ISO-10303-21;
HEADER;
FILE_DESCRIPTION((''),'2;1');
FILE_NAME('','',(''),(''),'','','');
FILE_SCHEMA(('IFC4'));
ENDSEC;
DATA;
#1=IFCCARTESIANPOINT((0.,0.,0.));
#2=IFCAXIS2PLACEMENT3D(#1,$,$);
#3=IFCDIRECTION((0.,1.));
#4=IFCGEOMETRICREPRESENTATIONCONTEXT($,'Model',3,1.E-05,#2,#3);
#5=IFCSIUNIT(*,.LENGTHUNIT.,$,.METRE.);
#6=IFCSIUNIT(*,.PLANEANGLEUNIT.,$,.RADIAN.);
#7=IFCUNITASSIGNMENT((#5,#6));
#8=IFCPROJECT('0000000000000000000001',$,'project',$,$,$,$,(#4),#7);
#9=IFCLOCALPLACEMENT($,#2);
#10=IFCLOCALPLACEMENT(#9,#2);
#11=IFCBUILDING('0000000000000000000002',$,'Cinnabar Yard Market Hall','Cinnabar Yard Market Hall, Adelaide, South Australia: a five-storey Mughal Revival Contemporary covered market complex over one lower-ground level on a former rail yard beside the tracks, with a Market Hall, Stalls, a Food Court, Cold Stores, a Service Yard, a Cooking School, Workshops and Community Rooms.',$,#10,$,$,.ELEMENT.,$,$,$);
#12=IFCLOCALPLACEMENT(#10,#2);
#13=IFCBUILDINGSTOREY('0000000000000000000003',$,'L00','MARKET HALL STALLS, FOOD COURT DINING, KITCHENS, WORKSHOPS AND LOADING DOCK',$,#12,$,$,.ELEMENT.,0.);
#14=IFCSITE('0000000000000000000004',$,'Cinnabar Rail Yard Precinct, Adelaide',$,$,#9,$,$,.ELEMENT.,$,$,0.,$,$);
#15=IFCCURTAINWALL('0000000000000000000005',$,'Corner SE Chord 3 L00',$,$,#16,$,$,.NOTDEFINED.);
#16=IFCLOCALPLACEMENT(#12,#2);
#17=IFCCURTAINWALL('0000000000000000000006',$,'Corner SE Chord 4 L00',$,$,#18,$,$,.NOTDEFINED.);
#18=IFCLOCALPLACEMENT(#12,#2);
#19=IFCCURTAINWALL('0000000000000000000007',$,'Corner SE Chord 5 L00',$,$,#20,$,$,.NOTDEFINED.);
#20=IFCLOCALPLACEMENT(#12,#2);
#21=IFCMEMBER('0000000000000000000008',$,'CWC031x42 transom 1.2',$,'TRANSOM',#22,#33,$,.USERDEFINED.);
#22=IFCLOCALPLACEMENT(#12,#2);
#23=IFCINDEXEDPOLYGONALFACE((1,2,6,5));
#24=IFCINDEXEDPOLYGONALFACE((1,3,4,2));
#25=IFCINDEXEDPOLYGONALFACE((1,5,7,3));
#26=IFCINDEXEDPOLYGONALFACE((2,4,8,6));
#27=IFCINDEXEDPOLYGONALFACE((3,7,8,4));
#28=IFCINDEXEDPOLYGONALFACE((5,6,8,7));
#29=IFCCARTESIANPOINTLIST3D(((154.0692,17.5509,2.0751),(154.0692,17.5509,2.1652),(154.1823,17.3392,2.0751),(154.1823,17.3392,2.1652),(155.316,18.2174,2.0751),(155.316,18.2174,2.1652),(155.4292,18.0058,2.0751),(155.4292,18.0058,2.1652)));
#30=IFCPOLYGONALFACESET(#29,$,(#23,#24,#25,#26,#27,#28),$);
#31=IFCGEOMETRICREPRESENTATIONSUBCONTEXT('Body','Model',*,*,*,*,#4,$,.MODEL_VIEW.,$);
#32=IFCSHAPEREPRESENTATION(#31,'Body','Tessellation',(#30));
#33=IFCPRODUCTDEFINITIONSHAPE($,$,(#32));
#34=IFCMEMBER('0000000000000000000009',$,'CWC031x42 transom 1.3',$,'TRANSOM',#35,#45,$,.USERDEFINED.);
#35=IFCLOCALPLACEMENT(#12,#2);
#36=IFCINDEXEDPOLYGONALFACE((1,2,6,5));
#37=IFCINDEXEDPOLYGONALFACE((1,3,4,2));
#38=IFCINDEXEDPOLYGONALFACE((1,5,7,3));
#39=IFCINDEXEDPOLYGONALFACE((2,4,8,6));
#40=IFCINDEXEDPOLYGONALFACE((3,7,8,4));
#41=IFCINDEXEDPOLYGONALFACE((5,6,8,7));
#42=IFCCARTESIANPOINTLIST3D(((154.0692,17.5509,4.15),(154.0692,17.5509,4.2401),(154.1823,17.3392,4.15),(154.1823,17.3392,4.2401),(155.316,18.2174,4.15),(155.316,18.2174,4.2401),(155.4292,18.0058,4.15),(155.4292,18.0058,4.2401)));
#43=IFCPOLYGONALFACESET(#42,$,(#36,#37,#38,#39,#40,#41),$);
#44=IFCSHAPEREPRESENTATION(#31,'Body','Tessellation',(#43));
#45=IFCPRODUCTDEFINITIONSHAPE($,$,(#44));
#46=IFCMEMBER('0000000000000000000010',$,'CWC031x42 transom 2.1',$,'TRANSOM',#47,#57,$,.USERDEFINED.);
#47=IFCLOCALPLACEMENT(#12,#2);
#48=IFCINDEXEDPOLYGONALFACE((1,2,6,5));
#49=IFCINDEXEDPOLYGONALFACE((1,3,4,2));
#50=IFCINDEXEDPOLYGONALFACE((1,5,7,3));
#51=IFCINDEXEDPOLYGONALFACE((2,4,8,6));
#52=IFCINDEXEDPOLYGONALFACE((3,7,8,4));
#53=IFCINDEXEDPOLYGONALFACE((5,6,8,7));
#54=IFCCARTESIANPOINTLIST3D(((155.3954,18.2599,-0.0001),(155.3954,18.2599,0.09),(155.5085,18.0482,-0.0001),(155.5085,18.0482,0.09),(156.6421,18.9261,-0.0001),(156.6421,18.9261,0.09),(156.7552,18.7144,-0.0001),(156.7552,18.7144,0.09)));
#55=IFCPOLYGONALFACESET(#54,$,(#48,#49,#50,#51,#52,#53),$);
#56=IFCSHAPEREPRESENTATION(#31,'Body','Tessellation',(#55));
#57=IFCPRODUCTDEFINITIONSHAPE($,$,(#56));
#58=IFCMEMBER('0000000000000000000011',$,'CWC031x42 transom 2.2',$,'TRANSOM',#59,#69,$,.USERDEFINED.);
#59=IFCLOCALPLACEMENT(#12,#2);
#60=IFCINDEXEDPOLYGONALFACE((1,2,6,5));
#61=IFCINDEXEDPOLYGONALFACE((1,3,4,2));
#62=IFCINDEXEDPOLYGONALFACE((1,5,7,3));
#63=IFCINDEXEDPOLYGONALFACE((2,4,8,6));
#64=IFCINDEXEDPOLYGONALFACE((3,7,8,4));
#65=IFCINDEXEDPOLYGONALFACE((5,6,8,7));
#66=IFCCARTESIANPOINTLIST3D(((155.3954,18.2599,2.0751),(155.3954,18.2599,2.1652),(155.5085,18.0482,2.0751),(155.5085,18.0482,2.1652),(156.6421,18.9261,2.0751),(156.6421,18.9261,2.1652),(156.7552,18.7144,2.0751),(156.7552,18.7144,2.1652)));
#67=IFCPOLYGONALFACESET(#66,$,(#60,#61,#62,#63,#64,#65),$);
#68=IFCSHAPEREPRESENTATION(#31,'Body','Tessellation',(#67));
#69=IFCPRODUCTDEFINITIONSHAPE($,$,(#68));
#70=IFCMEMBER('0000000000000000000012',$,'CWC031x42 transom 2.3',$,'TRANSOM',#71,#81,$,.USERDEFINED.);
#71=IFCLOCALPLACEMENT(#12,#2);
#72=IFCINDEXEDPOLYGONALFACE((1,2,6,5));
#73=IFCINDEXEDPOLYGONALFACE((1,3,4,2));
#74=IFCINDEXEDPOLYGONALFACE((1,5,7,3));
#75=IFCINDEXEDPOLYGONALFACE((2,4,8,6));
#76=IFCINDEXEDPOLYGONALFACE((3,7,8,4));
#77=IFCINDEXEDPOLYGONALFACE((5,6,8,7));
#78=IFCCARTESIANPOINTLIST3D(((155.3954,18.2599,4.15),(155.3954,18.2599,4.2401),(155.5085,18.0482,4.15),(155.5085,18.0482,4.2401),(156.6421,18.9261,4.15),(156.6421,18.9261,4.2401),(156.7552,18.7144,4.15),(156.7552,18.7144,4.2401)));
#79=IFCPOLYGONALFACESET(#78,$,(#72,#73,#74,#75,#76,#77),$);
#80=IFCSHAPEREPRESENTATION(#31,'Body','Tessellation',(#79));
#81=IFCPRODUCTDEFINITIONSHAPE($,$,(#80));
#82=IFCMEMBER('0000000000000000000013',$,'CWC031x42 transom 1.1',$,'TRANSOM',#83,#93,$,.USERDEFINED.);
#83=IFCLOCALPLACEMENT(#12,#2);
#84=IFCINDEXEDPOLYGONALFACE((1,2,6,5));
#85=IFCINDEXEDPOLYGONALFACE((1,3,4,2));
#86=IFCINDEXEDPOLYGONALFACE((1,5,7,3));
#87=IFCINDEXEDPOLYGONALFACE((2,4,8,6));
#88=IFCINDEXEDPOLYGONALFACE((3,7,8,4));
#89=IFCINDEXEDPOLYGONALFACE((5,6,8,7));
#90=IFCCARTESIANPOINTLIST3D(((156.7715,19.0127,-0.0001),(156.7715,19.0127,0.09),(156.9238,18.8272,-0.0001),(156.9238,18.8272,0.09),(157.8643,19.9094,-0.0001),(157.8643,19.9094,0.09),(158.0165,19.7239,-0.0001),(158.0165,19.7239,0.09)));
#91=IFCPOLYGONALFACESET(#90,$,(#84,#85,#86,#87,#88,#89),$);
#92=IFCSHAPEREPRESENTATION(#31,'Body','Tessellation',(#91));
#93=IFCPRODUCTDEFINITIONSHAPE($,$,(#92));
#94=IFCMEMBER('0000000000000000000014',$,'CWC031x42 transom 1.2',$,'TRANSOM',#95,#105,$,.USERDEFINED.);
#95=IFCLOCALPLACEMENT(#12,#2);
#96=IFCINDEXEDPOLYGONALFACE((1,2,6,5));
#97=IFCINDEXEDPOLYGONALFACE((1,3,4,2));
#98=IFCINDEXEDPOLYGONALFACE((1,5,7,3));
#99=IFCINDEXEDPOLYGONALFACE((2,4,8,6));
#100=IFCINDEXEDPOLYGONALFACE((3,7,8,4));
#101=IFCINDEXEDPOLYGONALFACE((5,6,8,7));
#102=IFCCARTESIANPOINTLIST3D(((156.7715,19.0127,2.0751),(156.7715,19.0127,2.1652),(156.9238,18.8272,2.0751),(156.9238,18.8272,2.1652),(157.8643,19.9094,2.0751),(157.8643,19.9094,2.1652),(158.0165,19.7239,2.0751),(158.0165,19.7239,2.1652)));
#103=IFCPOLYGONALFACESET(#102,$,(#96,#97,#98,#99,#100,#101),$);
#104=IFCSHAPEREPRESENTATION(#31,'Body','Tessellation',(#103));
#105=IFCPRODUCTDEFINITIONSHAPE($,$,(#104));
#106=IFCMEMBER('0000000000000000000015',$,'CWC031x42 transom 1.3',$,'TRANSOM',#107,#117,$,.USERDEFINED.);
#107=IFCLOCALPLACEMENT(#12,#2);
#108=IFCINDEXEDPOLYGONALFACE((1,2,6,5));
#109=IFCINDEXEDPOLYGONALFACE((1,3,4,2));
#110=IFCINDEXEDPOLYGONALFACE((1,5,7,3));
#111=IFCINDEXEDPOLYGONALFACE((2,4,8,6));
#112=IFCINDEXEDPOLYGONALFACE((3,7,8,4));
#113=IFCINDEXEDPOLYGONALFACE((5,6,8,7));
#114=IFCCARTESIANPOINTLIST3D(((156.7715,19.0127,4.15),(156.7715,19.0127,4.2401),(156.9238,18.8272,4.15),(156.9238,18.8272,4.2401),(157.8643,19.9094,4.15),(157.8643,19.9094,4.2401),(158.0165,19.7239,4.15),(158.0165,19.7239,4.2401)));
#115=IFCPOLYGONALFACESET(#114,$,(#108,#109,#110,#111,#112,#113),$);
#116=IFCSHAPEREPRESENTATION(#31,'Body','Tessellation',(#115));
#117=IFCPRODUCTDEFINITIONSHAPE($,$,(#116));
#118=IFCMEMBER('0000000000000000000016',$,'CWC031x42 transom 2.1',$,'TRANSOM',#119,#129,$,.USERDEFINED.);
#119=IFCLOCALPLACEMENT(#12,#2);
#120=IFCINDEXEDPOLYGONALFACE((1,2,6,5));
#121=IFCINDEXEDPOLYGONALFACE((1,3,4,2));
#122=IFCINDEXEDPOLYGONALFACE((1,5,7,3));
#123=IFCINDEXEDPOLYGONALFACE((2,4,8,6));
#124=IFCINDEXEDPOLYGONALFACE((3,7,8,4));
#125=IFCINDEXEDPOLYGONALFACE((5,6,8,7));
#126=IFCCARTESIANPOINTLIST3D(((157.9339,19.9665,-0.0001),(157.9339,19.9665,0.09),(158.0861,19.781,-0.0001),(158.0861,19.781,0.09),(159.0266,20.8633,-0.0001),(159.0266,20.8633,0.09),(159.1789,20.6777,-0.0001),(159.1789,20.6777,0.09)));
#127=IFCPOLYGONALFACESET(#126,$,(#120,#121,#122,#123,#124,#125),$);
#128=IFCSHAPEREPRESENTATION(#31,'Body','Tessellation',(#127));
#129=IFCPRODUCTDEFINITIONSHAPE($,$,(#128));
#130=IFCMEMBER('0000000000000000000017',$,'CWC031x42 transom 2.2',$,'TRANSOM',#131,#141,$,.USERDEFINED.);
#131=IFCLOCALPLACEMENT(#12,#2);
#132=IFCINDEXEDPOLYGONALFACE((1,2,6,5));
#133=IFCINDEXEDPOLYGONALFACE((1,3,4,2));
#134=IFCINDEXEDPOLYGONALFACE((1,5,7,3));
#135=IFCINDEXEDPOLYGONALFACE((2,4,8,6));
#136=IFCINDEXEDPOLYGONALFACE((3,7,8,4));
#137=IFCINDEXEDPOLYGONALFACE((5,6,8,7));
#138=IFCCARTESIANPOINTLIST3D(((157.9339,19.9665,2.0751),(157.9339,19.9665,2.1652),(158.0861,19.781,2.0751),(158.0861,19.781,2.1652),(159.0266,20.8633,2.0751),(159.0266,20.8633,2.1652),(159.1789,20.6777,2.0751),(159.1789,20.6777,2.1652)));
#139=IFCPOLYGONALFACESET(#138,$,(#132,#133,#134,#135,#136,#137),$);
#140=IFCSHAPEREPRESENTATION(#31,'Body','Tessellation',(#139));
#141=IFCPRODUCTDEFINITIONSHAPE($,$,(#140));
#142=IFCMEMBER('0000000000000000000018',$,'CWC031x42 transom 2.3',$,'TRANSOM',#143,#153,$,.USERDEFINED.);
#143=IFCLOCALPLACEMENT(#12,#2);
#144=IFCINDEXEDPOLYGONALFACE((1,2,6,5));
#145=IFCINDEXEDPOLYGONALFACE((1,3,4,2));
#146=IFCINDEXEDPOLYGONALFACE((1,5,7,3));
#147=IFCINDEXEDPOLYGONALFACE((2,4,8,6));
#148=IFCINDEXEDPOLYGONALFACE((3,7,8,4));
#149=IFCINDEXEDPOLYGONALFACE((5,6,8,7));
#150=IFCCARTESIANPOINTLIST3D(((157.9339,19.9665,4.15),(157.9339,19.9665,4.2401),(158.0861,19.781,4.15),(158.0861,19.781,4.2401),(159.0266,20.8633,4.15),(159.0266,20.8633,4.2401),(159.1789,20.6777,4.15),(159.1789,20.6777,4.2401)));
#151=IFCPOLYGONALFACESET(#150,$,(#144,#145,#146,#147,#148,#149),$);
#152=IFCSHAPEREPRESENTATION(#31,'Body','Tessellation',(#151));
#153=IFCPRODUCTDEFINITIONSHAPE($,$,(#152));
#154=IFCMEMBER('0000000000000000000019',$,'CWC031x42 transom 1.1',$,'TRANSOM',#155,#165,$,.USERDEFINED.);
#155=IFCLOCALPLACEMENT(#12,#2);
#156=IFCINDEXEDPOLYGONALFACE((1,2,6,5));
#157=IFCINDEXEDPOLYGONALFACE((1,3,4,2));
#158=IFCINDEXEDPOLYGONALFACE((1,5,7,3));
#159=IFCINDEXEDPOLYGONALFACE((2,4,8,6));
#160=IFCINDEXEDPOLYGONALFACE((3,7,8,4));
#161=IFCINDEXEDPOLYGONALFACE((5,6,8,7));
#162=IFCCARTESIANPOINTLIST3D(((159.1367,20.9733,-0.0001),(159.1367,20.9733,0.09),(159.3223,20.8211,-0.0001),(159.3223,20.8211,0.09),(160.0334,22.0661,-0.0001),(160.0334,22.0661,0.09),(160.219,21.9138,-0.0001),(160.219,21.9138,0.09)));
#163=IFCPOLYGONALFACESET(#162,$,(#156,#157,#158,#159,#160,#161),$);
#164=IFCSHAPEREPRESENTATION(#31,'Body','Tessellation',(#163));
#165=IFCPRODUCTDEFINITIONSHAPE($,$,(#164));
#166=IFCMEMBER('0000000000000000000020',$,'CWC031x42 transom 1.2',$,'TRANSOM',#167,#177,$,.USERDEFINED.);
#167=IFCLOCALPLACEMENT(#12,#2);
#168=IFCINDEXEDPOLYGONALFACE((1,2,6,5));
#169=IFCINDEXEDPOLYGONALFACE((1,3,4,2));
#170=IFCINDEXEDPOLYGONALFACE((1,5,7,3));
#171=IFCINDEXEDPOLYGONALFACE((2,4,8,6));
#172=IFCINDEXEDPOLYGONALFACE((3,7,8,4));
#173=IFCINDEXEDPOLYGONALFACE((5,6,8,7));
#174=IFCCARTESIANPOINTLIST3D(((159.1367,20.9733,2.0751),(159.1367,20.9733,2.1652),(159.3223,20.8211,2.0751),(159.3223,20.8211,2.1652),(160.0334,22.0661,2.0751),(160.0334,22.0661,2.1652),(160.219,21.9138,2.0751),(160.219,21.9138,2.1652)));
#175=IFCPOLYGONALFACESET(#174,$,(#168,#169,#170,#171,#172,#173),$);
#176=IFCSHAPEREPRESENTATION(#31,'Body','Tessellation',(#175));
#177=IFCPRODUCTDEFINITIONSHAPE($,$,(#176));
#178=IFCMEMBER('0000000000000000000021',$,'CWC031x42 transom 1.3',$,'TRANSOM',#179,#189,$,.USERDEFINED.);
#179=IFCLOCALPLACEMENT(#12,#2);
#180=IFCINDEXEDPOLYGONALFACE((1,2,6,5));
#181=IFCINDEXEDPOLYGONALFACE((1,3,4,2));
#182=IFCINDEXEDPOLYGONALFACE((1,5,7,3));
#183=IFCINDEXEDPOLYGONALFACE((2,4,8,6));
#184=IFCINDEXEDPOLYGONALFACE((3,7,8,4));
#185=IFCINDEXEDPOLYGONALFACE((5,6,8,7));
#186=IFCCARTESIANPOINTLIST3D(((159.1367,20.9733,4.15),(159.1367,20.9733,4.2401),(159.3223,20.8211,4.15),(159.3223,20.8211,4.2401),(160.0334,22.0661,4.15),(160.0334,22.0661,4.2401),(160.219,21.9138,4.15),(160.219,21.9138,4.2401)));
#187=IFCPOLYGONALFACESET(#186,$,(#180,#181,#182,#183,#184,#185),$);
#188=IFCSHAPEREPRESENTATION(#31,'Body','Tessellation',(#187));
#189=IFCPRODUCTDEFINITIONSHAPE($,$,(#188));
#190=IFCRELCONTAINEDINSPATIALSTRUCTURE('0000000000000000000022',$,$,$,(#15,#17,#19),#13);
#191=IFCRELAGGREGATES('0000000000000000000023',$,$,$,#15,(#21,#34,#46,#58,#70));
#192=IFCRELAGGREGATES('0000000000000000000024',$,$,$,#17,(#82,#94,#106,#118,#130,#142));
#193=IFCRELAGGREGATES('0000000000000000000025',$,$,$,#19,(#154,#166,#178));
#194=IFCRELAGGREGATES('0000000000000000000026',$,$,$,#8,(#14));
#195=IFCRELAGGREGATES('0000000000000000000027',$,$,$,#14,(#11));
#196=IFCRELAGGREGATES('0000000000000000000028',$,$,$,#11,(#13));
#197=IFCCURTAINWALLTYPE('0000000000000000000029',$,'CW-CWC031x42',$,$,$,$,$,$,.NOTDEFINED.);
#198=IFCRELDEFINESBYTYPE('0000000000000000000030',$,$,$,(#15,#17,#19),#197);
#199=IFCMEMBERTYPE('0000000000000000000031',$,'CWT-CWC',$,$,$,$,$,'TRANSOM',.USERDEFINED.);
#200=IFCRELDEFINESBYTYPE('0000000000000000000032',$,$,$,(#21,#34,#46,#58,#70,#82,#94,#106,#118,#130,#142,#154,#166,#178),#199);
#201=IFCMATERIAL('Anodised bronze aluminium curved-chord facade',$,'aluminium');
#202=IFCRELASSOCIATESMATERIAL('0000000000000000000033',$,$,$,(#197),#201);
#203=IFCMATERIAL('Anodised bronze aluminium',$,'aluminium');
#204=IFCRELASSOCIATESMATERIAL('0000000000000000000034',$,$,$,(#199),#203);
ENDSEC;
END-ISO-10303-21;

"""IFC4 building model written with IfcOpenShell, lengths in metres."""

from ifc_helpers import new_model, si_unit, direction, frame, origin, origin_2d_with_axis, place, context, subcontext, project, spatial, rectangle, extrude, material, material_profile, profile_set, type_object, element, aggregate, save


model = new_model("IFC4")

# Units and contexts
model_context = context("Model", 3, precision=1e-05, world=origin(), true_north=direction((0.0, 1.0)))
body_context = subcontext(model_context, "Body", "Model", "MODEL_VIEW")
ifc_project = project(units=[si_unit("LENGTHUNIT", "METRE"), si_unit("PLANEANGLEUNIT", "RADIAN")], contexts=[model_context])

# Site, building, storey
site_placement = place(None, origin())
site = spatial("IfcSite", under=ifc_project, at=site_placement, Name="Cinnabar Rail Yard Precinct, Adelaide", CompositionType="ELEMENT", RefElevation=0.0)
building_placement = place(site_placement, origin())
building = spatial("IfcBuilding", under=site, at=building_placement, Name="Cinnabar Yard Market Hall", Description="Cinnabar Yard Market Hall, Adelaide, South Australia: a five-storey Mughal Revival Contemporary covered market complex over one lower-ground level on a former rail yard beside the tracks, with a Market Hall, Stalls, a Food Court, Cold Stores, a Service Yard, a Cooking School, Workshops and Community Rooms.", CompositionType="ELEMENT")
storey_placement = place(building_placement, origin())
storey = spatial("IfcBuildingStorey", under=building, at=storey_placement, Name="L00", Description="MARKET HALL STALLS, FOOD COURT DINING, KITCHENS, WORKSHOPS AND LOADING DOCK", CompositionType="ELEMENT", Elevation=0.0)

# Curtain walls
ifc_material_1 = material(Name="Anodised bronze aluminium curved-chord facade", Category="aluminium")
curtain_wall_type = type_object("IfcCurtainWallType", Name="CW-CWC031x42", PredefinedType="NOTDEFINED", material=ifc_material_1)
curtain_wall_1_placement = place(storey_placement, origin())
curtain_wall_1 = element("IfcCurtainWall", 1, at=curtain_wall_1_placement, inside=storey, type_object=curtain_wall_type, Name="Corner SE Chord 3 L00", PredefinedType="NOTDEFINED")
ifc_material_2 = material(Name="Anodised bronze aluminium", Category="aluminium")
curtain_wall_2_placement = place(storey_placement, origin())
curtain_wall_2 = element("IfcCurtainWall", 2, at=curtain_wall_2_placement, inside=storey, type_object=curtain_wall_type, Name="Corner SE Chord 4 L00", PredefinedType="NOTDEFINED")
curtain_wall_3_placement = place(storey_placement, origin())
curtain_wall_3 = element("IfcCurtainWall", 3, at=curtain_wall_3_placement, inside=storey, type_object=curtain_wall_type, Name="Corner SE Chord 5 L00", PredefinedType="NOTDEFINED")

# Members
ifc_material_profile_1 = material_profile(ifc_material_2, rectangle(XDim=0.24, YDim=0.0901, at=origin_2d_with_axis()), Name="TRN-CWC")
ifc_profile_set_1 = profile_set([ifc_material_profile_1], Name="Anodised bronze aluminium")
member_type_1 = type_object("IfcMemberType", Name="CWT-CWC", ElementType="TRANSOM", PredefinedType="USERDEFINED", material=ifc_profile_set_1)
member_1_placement = place(storey_placement, frame((154.1257, 17.4451, 2.1201), z_axis=(0.881903, 0.471431, 0.0), x_axis=(-0.471431, 0.881903, 0.0)))
member_1 = element("IfcMember", 4, at=member_1_placement, type_object=member_type_1, Name="CWC031x42 transom 1.2", ObjectType="TRANSOM", PredefinedType="USERDEFINED", context=body_context, shape_type="SweptSolid", body=[
    extrude(rectangle(XDim=0.24, YDim=0.0901, at=origin_2d_with_axis()), origin(), (0.0, 0.0, 1.0), 1.4138),
])
member_2_placement = place(storey_placement, frame((154.1257, 17.4451, 4.1951), z_axis=(0.881903, 0.471431, 0.0), x_axis=(-0.471431, 0.881903, 0.0)))
member_2 = element("IfcMember", 5, at=member_2_placement, type_object=member_type_1, Name="CWC031x42 transom 1.3", ObjectType="TRANSOM", PredefinedType="USERDEFINED", context=body_context, shape_type="SweptSolid", body=[
    extrude(rectangle(XDim=0.24, YDim=0.0901, at=origin_2d_with_axis()), origin(), (0.0, 0.0, 1.0), 1.4138),
])
member_3_placement = place(storey_placement, frame((155.4519, 18.1541, 0.0449), z_axis=(0.881975, 0.471296, 0.0), x_axis=(-0.471296, 0.881975, 0.0)))
member_3 = element("IfcMember", 6, at=member_3_placement, type_object=member_type_1, Name="CWC031x42 transom 2.1", ObjectType="TRANSOM", PredefinedType="USERDEFINED", context=body_context, shape_type="SweptSolid", body=[
    extrude(rectangle(XDim=0.24, YDim=0.0901, at=origin_2d_with_axis()), origin(), (0.0, 0.0, 1.0), 1.4136),
])
member_4_placement = place(storey_placement, frame((155.4519, 18.1541, 2.1201), z_axis=(0.881975, 0.471296, 0.0), x_axis=(-0.471296, 0.881975, 0.0)))
member_4 = element("IfcMember", 7, at=member_4_placement, type_object=member_type_1, Name="CWC031x42 transom 2.2", ObjectType="TRANSOM", PredefinedType="USERDEFINED", context=body_context, shape_type="SweptSolid", body=[
    extrude(rectangle(XDim=0.24, YDim=0.0901, at=origin_2d_with_axis()), origin(), (0.0, 0.0, 1.0), 1.4136),
])
member_5_placement = place(storey_placement, frame((155.4519, 18.1541, 4.1951), z_axis=(0.881975, 0.471296, 0.0), x_axis=(-0.471296, 0.881975, 0.0)))
member_5 = element("IfcMember", 8, at=member_5_placement, type_object=member_type_1, Name="CWC031x42 transom 2.3", ObjectType="TRANSOM", PredefinedType="USERDEFINED", context=body_context, shape_type="SweptSolid", body=[
    extrude(rectangle(XDim=0.24, YDim=0.0901, at=origin_2d_with_axis()), origin(), (0.0, 0.0, 1.0), 1.4136),
])
member_6_placement = place(storey_placement, frame((156.8477, 18.9199, 0.0449), z_axis=(0.773041, 0.634356, 0.0), x_axis=(-0.634356, 0.773041, 0.0)))
member_6 = element("IfcMember", 9, at=member_6_placement, type_object=member_type_1, Name="CWC031x42 transom 1.1", ObjectType="TRANSOM", PredefinedType="USERDEFINED", context=body_context, shape_type="SweptSolid", body=[
    extrude(rectangle(XDim=0.24, YDim=0.0901, at=origin_2d_with_axis()), origin(), (0.0, 0.0, 1.0), 1.4136),
])
member_7_placement = place(storey_placement, frame((156.8477, 18.9199, 2.1201), z_axis=(0.773041, 0.634356, 0.0), x_axis=(-0.634356, 0.773041, 0.0)))
member_7 = element("IfcMember", 10, at=member_7_placement, type_object=member_type_1, Name="CWC031x42 transom 1.2", ObjectType="TRANSOM", PredefinedType="USERDEFINED", context=body_context, shape_type="SweptSolid", body=[
    extrude(rectangle(XDim=0.24, YDim=0.0901, at=origin_2d_with_axis()), origin(), (0.0, 0.0, 1.0), 1.4136),
])
member_8_placement = place(storey_placement, frame((156.8477, 18.9199, 4.1951), z_axis=(0.773041, 0.634356, 0.0), x_axis=(-0.634356, 0.773041, 0.0)))
member_8 = element("IfcMember", 11, at=member_8_placement, type_object=member_type_1, Name="CWC031x42 transom 1.3", ObjectType="TRANSOM", PredefinedType="USERDEFINED", context=body_context, shape_type="SweptSolid", body=[
    extrude(rectangle(XDim=0.24, YDim=0.0901, at=origin_2d_with_axis()), origin(), (0.0, 0.0, 1.0), 1.4136),
])
member_9_placement = place(storey_placement, frame((158.01, 19.8738, 0.0449), z_axis=(0.773041, 0.634356, 0.0), x_axis=(-0.634356, 0.773041, 0.0)))
member_9 = element("IfcMember", 12, at=member_9_placement, type_object=member_type_1, Name="CWC031x42 transom 2.1", ObjectType="TRANSOM", PredefinedType="USERDEFINED", context=body_context, shape_type="SweptSolid", body=[
    extrude(rectangle(XDim=0.24, YDim=0.0901, at=origin_2d_with_axis()), origin(), (0.0, 0.0, 1.0), 1.4136),
])
member_10_placement = place(storey_placement, frame((158.01, 19.8738, 2.1201), z_axis=(0.773041, 0.634356, 0.0), x_axis=(-0.634356, 0.773041, 0.0)))
member_10 = element("IfcMember", 13, at=member_10_placement, type_object=member_type_1, Name="CWC031x42 transom 2.2", ObjectType="TRANSOM", PredefinedType="USERDEFINED", context=body_context, shape_type="SweptSolid", body=[
    extrude(rectangle(XDim=0.24, YDim=0.0901, at=origin_2d_with_axis()), origin(), (0.0, 0.0, 1.0), 1.4136),
])
member_11_placement = place(storey_placement, frame((158.01, 19.8738, 4.1951), z_axis=(0.773041, 0.634356, 0.0), x_axis=(-0.634356, 0.773041, 0.0)))
member_11 = element("IfcMember", 14, at=member_11_placement, type_object=member_type_1, Name="CWC031x42 transom 2.3", ObjectType="TRANSOM", PredefinedType="USERDEFINED", context=body_context, shape_type="SweptSolid", body=[
    extrude(rectangle(XDim=0.24, YDim=0.0901, at=origin_2d_with_axis()), origin(), (0.0, 0.0, 1.0), 1.4136),
])
member_12_placement = place(storey_placement, frame((159.2295, 20.8972, 0.0449), z_axis=(0.634356, 0.773041, 0.0), x_axis=(-0.773041, 0.634356, 0.0)))
member_12 = element("IfcMember", 15, at=member_12_placement, type_object=member_type_1, Name="CWC031x42 transom 1.1", ObjectType="TRANSOM", PredefinedType="USERDEFINED", context=body_context, shape_type="SweptSolid", body=[
    extrude(rectangle(XDim=0.24, YDim=0.0901, at=origin_2d_with_axis()), origin(), (0.0, 0.0, 1.0), 1.4136),
])
member_13_placement = place(storey_placement, frame((159.2295, 20.8972, 2.1201), z_axis=(0.634356, 0.773041, 0.0), x_axis=(-0.773041, 0.634356, 0.0)))
member_13 = element("IfcMember", 16, at=member_13_placement, type_object=member_type_1, Name="CWC031x42 transom 1.2", ObjectType="TRANSOM", PredefinedType="USERDEFINED", context=body_context, shape_type="SweptSolid", body=[
    extrude(rectangle(XDim=0.24, YDim=0.0901, at=origin_2d_with_axis()), origin(), (0.0, 0.0, 1.0), 1.4136),
])
member_14_placement = place(storey_placement, frame((159.2295, 20.8972, 4.1951), z_axis=(0.634356, 0.773041, 0.0), x_axis=(-0.773041, 0.634356, 0.0)))
member_14 = element("IfcMember", 17, at=member_14_placement, type_object=member_type_1, Name="CWC031x42 transom 1.3", ObjectType="TRANSOM", PredefinedType="USERDEFINED", context=body_context, shape_type="SweptSolid", body=[
    extrude(rectangle(XDim=0.24, YDim=0.0901, at=origin_2d_with_axis()), origin(), (0.0, 0.0, 1.0), 1.4136),
])

aggregate(curtain_wall_1, [member_1, member_2, member_3, member_4, member_5])
aggregate(curtain_wall_2, [member_6, member_7, member_8, member_9, member_10, member_11])
aggregate(curtain_wall_3, [member_12, member_13, member_14])

save(model, "model.ifc")
